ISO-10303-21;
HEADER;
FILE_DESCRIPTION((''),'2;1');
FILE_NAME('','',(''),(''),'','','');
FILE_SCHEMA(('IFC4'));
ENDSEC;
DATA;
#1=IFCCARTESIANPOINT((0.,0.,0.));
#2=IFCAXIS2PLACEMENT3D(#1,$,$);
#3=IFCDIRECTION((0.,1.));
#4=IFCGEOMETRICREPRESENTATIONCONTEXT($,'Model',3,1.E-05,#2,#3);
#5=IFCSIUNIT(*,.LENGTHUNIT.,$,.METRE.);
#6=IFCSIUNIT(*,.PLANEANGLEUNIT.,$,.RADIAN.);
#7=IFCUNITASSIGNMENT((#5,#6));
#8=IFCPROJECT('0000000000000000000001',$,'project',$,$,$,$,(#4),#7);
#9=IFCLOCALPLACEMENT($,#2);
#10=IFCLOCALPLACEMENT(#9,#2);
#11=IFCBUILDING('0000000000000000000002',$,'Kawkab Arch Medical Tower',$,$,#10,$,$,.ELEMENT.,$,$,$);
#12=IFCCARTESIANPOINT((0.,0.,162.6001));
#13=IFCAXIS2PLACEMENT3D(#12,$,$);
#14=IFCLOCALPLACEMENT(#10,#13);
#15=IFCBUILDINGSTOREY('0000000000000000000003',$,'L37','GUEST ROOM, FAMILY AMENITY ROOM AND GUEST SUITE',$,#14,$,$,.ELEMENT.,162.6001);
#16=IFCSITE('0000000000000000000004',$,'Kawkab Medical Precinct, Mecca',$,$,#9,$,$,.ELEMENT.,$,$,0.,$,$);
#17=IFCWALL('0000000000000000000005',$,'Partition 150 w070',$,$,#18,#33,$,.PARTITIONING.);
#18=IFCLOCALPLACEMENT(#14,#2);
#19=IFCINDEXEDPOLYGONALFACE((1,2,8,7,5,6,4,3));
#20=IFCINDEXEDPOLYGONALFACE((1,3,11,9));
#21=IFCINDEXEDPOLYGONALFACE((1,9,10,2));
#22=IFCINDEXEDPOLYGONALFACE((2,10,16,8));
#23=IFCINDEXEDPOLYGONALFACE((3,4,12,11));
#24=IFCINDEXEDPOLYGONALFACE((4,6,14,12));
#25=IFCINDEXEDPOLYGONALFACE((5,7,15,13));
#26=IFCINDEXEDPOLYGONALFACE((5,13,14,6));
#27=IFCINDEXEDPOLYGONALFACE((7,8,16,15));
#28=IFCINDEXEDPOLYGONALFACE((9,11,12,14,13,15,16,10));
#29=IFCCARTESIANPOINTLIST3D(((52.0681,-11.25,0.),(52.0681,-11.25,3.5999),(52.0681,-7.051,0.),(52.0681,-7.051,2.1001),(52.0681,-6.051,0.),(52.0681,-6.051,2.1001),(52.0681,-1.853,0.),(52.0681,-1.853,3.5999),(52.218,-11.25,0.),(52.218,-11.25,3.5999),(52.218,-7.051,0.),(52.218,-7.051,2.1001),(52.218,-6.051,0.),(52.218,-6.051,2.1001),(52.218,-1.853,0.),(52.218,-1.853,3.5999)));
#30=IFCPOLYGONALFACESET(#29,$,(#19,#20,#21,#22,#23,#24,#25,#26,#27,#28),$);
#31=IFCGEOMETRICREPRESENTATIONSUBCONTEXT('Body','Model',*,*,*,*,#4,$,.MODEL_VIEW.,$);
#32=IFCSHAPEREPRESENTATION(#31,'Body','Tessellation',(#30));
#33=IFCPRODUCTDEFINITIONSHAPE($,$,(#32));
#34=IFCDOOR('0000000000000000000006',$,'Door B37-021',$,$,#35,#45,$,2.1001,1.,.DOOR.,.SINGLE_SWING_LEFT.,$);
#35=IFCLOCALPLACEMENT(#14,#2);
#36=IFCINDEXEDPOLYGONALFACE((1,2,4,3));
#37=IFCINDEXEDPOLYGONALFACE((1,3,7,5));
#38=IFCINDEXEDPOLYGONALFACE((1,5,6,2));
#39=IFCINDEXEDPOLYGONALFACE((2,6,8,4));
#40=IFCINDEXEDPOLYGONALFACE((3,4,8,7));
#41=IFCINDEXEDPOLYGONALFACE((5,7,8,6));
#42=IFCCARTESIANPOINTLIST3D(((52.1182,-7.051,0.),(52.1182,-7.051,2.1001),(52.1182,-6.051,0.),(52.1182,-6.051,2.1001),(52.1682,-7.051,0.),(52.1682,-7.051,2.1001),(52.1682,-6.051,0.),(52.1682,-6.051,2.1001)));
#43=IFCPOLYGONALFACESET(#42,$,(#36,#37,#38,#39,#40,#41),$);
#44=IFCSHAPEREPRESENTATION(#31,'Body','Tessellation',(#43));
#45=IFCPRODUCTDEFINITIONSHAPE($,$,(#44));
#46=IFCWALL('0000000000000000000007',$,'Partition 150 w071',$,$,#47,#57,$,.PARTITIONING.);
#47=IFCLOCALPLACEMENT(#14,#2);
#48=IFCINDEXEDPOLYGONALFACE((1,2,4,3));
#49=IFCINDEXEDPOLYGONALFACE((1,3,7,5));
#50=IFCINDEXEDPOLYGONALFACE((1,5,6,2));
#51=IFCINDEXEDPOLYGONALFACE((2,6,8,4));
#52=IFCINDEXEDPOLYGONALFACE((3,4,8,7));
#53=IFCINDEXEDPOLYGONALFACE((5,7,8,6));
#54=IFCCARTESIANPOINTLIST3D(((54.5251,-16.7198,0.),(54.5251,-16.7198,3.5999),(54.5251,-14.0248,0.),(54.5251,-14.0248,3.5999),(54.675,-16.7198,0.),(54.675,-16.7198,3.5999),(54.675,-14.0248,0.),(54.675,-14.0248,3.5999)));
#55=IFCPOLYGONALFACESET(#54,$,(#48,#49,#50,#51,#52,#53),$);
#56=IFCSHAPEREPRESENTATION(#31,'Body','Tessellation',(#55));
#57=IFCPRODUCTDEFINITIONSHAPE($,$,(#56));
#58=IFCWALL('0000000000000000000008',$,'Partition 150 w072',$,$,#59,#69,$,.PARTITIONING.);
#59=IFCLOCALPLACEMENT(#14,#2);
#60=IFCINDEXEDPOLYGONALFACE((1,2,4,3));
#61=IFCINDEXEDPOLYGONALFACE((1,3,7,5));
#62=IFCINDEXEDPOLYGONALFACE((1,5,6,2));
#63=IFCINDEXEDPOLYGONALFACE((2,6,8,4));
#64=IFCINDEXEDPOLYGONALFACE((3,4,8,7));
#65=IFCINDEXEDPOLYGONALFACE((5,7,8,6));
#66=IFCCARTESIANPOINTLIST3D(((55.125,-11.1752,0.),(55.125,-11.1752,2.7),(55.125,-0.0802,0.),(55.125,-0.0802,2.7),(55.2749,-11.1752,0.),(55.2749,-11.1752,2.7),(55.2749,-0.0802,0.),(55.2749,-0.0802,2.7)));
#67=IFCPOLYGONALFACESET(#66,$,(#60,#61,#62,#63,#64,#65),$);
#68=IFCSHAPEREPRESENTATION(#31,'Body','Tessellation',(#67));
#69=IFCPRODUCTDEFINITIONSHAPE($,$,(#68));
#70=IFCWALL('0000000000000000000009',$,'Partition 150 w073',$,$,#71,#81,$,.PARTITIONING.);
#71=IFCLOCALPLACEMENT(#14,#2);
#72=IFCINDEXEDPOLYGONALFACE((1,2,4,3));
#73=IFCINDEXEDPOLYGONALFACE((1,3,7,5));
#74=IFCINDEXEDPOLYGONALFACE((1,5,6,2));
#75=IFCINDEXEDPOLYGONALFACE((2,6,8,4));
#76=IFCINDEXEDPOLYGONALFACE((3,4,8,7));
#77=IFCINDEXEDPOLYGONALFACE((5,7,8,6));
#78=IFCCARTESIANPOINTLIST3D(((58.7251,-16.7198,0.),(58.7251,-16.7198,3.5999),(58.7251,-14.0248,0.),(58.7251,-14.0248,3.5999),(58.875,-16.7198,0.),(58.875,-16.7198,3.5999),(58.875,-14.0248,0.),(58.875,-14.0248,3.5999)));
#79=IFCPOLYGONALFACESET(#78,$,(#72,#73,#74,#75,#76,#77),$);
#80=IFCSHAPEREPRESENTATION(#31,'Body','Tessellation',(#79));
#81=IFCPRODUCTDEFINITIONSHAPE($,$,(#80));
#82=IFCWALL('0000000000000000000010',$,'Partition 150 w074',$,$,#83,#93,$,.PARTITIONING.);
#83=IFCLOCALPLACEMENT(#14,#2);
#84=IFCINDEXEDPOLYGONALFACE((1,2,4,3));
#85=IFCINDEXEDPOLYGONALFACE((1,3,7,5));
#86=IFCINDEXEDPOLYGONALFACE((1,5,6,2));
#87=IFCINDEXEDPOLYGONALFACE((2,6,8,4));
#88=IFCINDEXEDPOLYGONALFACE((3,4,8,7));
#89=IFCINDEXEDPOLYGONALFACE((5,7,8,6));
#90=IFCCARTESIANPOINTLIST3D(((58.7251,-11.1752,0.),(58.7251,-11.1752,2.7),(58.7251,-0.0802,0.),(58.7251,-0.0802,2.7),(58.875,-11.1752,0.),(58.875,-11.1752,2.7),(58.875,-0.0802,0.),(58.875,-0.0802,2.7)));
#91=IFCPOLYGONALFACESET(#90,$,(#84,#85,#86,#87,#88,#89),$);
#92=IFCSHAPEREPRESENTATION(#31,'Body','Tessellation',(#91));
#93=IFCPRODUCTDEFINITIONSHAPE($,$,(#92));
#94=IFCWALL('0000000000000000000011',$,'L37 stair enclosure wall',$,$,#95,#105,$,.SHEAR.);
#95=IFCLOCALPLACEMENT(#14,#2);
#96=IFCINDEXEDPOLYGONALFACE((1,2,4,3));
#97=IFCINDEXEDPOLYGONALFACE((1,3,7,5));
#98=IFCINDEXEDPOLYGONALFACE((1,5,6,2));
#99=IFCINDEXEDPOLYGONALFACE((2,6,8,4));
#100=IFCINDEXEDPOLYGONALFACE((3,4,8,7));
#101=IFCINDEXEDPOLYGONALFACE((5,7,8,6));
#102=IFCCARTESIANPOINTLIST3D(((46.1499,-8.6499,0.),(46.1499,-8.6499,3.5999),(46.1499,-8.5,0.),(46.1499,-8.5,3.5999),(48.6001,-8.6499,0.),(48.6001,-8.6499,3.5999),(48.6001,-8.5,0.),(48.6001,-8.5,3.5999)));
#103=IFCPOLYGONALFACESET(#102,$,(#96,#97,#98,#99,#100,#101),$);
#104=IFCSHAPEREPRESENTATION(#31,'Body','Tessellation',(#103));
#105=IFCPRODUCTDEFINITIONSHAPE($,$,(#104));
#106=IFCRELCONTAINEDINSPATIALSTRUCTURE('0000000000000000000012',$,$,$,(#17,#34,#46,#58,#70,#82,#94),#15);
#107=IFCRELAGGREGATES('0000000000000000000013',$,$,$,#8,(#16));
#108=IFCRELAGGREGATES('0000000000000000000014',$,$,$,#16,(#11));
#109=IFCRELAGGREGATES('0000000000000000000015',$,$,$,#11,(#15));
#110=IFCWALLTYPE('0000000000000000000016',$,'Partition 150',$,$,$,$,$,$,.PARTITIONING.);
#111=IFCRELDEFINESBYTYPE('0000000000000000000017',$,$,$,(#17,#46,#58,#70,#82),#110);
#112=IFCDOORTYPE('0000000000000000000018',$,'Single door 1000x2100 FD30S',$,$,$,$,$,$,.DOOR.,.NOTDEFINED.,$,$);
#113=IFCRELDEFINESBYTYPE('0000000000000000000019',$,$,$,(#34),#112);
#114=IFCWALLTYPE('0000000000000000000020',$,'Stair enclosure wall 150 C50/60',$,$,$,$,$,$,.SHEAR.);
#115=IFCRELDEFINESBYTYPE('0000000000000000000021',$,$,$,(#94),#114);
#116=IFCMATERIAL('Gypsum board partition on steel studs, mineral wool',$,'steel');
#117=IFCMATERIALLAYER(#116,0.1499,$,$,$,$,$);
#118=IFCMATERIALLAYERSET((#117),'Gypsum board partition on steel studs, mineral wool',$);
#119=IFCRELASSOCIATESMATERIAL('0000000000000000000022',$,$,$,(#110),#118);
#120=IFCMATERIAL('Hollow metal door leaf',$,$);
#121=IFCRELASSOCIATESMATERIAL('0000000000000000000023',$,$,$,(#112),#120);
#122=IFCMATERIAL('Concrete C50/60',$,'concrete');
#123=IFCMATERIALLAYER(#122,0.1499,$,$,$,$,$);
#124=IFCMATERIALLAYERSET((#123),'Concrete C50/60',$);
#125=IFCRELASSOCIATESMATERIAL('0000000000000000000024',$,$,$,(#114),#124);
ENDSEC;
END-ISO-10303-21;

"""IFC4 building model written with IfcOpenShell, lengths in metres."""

from ifc_helpers import new_model, si_unit, direction, frame, frame_2d, origin, place, context, subcontext, project, spatial, rectangle, extrude, material, layer, layer_set, type_object, element, fill, save


model = new_model("IFC4")

# Units and contexts
model_context = context("Model", 3, precision=1e-05, world=origin(), true_north=direction((0.0, 1.0)))
body_context = subcontext(model_context, "Body", "Model", "MODEL_VIEW")
ifc_project = project(units=[si_unit("LENGTHUNIT", "METRE"), si_unit("PLANEANGLEUNIT", "RADIAN")], contexts=[model_context])

# Site, building, storey
site_placement = place(None, origin())
site = spatial("IfcSite", under=ifc_project, at=site_placement, Name="Kawkab Medical Precinct, Mecca", CompositionType="ELEMENT", RefElevation=0.0)
building_placement = place(site_placement, origin())
building = spatial("IfcBuilding", under=site, at=building_placement, Name="Kawkab Arch Medical Tower", CompositionType="ELEMENT")
storey_placement = place(building_placement, frame((0.0, 0.0, 162.6001)))
storey = spatial("IfcBuildingStorey", under=building, at=storey_placement, Name="L37", Description="GUEST ROOM, FAMILY AMENITY ROOM AND GUEST SUITE", CompositionType="ELEMENT", Elevation=162.6001)

# Shared definitions
ifc_material_1 = material(Name="Gypsum board partition on steel studs, mineral wool", Category="steel")
ifc_layer_1 = layer(ifc_material_1, 0.1499)
ifc_layer_set_1 = layer_set([ifc_layer_1], Name="Gypsum board partition on steel studs, mineral wool")
wall_type_1 = type_object("IfcWallType", Name="Partition 150", PredefinedType="PARTITIONING", material=ifc_layer_set_1)
ifc_material_2 = material(Name="Hollow metal door leaf")
door_type = type_object("IfcDoorType", Name="Single door 1000x2100 FD30S", OperationType="NOTDEFINED", PredefinedType="DOOR", material=ifc_material_2)

# Wall, opening, door
wall_1_placement = place(storey_placement, frame((52.1431, -11.25, 0.0), z_axis=(0.0, 0.0, 1.0), x_axis=(0.0, 1.0, 0.0)))
wall_1 = element("IfcWall", 1, at=wall_1_placement, inside=storey, type_object=wall_type_1, Name="Partition 150 w070", PredefinedType="PARTITIONING", context=body_context, shape_type="SweptSolid", body=[
    extrude(rectangle(XDim=9.397, YDim=0.1499, at=frame_2d((4.6985, 0.0))), origin(), (0.0, 0.0, 1.0), 3.5999),
])
opening_1_placement = place(wall_1_placement, frame((4.199, 0.0, 0.0)))
opening_1 = element("IfcOpeningElement", 2, at=opening_1_placement, cuts=wall_1, PredefinedType="OPENING", context=body_context, shape_type="SweptSolid", body=[
    extrude(rectangle(XDim=1.0, YDim=2.1001, at=frame_2d((0.5, 1.05))), frame((0.0, 0.085, 0.0), z_axis=(0.0, -1.0, 0.0), x_axis=(1.0, 0.0, 0.0)), (0.0, 0.0, 1.0), 0.1699),
])
door_1_placement = place(opening_1_placement, origin())
door_1 = element("IfcDoor", 3, at=door_1_placement, inside=storey, type_object=door_type, Name="Door B37-021", OperationType="SINGLE_SWING_LEFT", OverallHeight=2.1001, OverallWidth=1.0, PredefinedType="DOOR", context=body_context, shape_type="SweptSolid", body=[
    extrude(rectangle(XDim=1.0, YDim=2.1001, at=frame_2d((0.5, 1.05))), frame((0.0, 0.0249, 0.0), z_axis=(0.0, -1.0, 0.0), x_axis=(1.0, 0.0, 0.0)), (0.0, 0.0, 1.0), 0.05),
])
fill(opening_1, door_1)

# Walls
wall_2_placement = place(storey_placement, frame((54.6001, -16.72, 0.0), z_axis=(0.0, 0.0, 1.0), x_axis=(0.0, 1.0, 0.0)))
element("IfcWall", 4, at=wall_2_placement, inside=storey, type_object=wall_type_1, Name="Partition 150 w071", PredefinedType="PARTITIONING", context=body_context, shape_type="SweptSolid", body=[
    extrude(rectangle(XDim=2.6951, YDim=0.1499, at=frame_2d((1.3477, 0.0))), origin(), (0.0, 0.0, 1.0), 3.5999),
])
wall_3_placement = place(storey_placement, frame((55.2, -11.175, 0.0), z_axis=(0.0, 0.0, 1.0), x_axis=(0.0, 1.0, 0.0)))
element("IfcWall", 5, at=wall_3_placement, inside=storey, type_object=wall_type_1, Name="Partition 150 w072", PredefinedType="PARTITIONING", context=body_context, shape_type="SweptSolid", body=[
    extrude(rectangle(XDim=11.095, YDim=0.1499, at=frame_2d((5.5474, 0.0))), origin(), (0.0, 0.0, 1.0), 2.7),
])
wall_4_placement = place(storey_placement, frame((58.8, -16.72, 0.0), z_axis=(0.0, 0.0, 1.0), x_axis=(0.0, 1.0, 0.0)))
element("IfcWall", 6, at=wall_4_placement, inside=storey, type_object=wall_type_1, Name="Partition 150 w073", PredefinedType="PARTITIONING", context=body_context, shape_type="SweptSolid", body=[
    extrude(rectangle(XDim=2.6951, YDim=0.1499, at=frame_2d((1.3477, 0.0))), origin(), (0.0, 0.0, 1.0), 3.5999),
])
wall_5_placement = place(storey_placement, frame((58.8, -11.175, 0.0), z_axis=(0.0, 0.0, 1.0), x_axis=(0.0, 1.0, 0.0)))
element("IfcWall", 7, at=wall_5_placement, inside=storey, type_object=wall_type_1, Name="Partition 150 w074", PredefinedType="PARTITIONING", context=body_context, shape_type="SweptSolid", body=[
    extrude(rectangle(XDim=11.095, YDim=0.1499, at=frame_2d((5.5474, 0.0))), origin(), (0.0, 0.0, 1.0), 2.7),
])
ifc_material_3 = material(Name="Concrete C50/60", Category="concrete")
ifc_layer_2 = layer(ifc_material_3, 0.1499)
ifc_layer_set_2 = layer_set([ifc_layer_2], Name="Concrete C50/60")
wall_type_2 = type_object("IfcWallType", Name="Stair enclosure wall 150 C50/60", PredefinedType="SHEAR", material=ifc_layer_set_2)
wall_6_placement = place(storey_placement, frame((46.1499, -8.575, 0.0), z_axis=(0.0, 0.0, 1.0), x_axis=(1.0, 0.0, 0.0)))
element("IfcWall", 8, at=wall_6_placement, inside=storey, type_object=wall_type_2, Name="L37 stair enclosure wall", PredefinedType="SHEAR", context=body_context, shape_type="SweptSolid", body=[
    extrude(rectangle(XDim=2.4502, YDim=0.1499, at=frame_2d((1.2251, 0.0))), origin(), (0.0, 0.0, 1.0), 3.5999),
])

save(model, "model.ifc")
